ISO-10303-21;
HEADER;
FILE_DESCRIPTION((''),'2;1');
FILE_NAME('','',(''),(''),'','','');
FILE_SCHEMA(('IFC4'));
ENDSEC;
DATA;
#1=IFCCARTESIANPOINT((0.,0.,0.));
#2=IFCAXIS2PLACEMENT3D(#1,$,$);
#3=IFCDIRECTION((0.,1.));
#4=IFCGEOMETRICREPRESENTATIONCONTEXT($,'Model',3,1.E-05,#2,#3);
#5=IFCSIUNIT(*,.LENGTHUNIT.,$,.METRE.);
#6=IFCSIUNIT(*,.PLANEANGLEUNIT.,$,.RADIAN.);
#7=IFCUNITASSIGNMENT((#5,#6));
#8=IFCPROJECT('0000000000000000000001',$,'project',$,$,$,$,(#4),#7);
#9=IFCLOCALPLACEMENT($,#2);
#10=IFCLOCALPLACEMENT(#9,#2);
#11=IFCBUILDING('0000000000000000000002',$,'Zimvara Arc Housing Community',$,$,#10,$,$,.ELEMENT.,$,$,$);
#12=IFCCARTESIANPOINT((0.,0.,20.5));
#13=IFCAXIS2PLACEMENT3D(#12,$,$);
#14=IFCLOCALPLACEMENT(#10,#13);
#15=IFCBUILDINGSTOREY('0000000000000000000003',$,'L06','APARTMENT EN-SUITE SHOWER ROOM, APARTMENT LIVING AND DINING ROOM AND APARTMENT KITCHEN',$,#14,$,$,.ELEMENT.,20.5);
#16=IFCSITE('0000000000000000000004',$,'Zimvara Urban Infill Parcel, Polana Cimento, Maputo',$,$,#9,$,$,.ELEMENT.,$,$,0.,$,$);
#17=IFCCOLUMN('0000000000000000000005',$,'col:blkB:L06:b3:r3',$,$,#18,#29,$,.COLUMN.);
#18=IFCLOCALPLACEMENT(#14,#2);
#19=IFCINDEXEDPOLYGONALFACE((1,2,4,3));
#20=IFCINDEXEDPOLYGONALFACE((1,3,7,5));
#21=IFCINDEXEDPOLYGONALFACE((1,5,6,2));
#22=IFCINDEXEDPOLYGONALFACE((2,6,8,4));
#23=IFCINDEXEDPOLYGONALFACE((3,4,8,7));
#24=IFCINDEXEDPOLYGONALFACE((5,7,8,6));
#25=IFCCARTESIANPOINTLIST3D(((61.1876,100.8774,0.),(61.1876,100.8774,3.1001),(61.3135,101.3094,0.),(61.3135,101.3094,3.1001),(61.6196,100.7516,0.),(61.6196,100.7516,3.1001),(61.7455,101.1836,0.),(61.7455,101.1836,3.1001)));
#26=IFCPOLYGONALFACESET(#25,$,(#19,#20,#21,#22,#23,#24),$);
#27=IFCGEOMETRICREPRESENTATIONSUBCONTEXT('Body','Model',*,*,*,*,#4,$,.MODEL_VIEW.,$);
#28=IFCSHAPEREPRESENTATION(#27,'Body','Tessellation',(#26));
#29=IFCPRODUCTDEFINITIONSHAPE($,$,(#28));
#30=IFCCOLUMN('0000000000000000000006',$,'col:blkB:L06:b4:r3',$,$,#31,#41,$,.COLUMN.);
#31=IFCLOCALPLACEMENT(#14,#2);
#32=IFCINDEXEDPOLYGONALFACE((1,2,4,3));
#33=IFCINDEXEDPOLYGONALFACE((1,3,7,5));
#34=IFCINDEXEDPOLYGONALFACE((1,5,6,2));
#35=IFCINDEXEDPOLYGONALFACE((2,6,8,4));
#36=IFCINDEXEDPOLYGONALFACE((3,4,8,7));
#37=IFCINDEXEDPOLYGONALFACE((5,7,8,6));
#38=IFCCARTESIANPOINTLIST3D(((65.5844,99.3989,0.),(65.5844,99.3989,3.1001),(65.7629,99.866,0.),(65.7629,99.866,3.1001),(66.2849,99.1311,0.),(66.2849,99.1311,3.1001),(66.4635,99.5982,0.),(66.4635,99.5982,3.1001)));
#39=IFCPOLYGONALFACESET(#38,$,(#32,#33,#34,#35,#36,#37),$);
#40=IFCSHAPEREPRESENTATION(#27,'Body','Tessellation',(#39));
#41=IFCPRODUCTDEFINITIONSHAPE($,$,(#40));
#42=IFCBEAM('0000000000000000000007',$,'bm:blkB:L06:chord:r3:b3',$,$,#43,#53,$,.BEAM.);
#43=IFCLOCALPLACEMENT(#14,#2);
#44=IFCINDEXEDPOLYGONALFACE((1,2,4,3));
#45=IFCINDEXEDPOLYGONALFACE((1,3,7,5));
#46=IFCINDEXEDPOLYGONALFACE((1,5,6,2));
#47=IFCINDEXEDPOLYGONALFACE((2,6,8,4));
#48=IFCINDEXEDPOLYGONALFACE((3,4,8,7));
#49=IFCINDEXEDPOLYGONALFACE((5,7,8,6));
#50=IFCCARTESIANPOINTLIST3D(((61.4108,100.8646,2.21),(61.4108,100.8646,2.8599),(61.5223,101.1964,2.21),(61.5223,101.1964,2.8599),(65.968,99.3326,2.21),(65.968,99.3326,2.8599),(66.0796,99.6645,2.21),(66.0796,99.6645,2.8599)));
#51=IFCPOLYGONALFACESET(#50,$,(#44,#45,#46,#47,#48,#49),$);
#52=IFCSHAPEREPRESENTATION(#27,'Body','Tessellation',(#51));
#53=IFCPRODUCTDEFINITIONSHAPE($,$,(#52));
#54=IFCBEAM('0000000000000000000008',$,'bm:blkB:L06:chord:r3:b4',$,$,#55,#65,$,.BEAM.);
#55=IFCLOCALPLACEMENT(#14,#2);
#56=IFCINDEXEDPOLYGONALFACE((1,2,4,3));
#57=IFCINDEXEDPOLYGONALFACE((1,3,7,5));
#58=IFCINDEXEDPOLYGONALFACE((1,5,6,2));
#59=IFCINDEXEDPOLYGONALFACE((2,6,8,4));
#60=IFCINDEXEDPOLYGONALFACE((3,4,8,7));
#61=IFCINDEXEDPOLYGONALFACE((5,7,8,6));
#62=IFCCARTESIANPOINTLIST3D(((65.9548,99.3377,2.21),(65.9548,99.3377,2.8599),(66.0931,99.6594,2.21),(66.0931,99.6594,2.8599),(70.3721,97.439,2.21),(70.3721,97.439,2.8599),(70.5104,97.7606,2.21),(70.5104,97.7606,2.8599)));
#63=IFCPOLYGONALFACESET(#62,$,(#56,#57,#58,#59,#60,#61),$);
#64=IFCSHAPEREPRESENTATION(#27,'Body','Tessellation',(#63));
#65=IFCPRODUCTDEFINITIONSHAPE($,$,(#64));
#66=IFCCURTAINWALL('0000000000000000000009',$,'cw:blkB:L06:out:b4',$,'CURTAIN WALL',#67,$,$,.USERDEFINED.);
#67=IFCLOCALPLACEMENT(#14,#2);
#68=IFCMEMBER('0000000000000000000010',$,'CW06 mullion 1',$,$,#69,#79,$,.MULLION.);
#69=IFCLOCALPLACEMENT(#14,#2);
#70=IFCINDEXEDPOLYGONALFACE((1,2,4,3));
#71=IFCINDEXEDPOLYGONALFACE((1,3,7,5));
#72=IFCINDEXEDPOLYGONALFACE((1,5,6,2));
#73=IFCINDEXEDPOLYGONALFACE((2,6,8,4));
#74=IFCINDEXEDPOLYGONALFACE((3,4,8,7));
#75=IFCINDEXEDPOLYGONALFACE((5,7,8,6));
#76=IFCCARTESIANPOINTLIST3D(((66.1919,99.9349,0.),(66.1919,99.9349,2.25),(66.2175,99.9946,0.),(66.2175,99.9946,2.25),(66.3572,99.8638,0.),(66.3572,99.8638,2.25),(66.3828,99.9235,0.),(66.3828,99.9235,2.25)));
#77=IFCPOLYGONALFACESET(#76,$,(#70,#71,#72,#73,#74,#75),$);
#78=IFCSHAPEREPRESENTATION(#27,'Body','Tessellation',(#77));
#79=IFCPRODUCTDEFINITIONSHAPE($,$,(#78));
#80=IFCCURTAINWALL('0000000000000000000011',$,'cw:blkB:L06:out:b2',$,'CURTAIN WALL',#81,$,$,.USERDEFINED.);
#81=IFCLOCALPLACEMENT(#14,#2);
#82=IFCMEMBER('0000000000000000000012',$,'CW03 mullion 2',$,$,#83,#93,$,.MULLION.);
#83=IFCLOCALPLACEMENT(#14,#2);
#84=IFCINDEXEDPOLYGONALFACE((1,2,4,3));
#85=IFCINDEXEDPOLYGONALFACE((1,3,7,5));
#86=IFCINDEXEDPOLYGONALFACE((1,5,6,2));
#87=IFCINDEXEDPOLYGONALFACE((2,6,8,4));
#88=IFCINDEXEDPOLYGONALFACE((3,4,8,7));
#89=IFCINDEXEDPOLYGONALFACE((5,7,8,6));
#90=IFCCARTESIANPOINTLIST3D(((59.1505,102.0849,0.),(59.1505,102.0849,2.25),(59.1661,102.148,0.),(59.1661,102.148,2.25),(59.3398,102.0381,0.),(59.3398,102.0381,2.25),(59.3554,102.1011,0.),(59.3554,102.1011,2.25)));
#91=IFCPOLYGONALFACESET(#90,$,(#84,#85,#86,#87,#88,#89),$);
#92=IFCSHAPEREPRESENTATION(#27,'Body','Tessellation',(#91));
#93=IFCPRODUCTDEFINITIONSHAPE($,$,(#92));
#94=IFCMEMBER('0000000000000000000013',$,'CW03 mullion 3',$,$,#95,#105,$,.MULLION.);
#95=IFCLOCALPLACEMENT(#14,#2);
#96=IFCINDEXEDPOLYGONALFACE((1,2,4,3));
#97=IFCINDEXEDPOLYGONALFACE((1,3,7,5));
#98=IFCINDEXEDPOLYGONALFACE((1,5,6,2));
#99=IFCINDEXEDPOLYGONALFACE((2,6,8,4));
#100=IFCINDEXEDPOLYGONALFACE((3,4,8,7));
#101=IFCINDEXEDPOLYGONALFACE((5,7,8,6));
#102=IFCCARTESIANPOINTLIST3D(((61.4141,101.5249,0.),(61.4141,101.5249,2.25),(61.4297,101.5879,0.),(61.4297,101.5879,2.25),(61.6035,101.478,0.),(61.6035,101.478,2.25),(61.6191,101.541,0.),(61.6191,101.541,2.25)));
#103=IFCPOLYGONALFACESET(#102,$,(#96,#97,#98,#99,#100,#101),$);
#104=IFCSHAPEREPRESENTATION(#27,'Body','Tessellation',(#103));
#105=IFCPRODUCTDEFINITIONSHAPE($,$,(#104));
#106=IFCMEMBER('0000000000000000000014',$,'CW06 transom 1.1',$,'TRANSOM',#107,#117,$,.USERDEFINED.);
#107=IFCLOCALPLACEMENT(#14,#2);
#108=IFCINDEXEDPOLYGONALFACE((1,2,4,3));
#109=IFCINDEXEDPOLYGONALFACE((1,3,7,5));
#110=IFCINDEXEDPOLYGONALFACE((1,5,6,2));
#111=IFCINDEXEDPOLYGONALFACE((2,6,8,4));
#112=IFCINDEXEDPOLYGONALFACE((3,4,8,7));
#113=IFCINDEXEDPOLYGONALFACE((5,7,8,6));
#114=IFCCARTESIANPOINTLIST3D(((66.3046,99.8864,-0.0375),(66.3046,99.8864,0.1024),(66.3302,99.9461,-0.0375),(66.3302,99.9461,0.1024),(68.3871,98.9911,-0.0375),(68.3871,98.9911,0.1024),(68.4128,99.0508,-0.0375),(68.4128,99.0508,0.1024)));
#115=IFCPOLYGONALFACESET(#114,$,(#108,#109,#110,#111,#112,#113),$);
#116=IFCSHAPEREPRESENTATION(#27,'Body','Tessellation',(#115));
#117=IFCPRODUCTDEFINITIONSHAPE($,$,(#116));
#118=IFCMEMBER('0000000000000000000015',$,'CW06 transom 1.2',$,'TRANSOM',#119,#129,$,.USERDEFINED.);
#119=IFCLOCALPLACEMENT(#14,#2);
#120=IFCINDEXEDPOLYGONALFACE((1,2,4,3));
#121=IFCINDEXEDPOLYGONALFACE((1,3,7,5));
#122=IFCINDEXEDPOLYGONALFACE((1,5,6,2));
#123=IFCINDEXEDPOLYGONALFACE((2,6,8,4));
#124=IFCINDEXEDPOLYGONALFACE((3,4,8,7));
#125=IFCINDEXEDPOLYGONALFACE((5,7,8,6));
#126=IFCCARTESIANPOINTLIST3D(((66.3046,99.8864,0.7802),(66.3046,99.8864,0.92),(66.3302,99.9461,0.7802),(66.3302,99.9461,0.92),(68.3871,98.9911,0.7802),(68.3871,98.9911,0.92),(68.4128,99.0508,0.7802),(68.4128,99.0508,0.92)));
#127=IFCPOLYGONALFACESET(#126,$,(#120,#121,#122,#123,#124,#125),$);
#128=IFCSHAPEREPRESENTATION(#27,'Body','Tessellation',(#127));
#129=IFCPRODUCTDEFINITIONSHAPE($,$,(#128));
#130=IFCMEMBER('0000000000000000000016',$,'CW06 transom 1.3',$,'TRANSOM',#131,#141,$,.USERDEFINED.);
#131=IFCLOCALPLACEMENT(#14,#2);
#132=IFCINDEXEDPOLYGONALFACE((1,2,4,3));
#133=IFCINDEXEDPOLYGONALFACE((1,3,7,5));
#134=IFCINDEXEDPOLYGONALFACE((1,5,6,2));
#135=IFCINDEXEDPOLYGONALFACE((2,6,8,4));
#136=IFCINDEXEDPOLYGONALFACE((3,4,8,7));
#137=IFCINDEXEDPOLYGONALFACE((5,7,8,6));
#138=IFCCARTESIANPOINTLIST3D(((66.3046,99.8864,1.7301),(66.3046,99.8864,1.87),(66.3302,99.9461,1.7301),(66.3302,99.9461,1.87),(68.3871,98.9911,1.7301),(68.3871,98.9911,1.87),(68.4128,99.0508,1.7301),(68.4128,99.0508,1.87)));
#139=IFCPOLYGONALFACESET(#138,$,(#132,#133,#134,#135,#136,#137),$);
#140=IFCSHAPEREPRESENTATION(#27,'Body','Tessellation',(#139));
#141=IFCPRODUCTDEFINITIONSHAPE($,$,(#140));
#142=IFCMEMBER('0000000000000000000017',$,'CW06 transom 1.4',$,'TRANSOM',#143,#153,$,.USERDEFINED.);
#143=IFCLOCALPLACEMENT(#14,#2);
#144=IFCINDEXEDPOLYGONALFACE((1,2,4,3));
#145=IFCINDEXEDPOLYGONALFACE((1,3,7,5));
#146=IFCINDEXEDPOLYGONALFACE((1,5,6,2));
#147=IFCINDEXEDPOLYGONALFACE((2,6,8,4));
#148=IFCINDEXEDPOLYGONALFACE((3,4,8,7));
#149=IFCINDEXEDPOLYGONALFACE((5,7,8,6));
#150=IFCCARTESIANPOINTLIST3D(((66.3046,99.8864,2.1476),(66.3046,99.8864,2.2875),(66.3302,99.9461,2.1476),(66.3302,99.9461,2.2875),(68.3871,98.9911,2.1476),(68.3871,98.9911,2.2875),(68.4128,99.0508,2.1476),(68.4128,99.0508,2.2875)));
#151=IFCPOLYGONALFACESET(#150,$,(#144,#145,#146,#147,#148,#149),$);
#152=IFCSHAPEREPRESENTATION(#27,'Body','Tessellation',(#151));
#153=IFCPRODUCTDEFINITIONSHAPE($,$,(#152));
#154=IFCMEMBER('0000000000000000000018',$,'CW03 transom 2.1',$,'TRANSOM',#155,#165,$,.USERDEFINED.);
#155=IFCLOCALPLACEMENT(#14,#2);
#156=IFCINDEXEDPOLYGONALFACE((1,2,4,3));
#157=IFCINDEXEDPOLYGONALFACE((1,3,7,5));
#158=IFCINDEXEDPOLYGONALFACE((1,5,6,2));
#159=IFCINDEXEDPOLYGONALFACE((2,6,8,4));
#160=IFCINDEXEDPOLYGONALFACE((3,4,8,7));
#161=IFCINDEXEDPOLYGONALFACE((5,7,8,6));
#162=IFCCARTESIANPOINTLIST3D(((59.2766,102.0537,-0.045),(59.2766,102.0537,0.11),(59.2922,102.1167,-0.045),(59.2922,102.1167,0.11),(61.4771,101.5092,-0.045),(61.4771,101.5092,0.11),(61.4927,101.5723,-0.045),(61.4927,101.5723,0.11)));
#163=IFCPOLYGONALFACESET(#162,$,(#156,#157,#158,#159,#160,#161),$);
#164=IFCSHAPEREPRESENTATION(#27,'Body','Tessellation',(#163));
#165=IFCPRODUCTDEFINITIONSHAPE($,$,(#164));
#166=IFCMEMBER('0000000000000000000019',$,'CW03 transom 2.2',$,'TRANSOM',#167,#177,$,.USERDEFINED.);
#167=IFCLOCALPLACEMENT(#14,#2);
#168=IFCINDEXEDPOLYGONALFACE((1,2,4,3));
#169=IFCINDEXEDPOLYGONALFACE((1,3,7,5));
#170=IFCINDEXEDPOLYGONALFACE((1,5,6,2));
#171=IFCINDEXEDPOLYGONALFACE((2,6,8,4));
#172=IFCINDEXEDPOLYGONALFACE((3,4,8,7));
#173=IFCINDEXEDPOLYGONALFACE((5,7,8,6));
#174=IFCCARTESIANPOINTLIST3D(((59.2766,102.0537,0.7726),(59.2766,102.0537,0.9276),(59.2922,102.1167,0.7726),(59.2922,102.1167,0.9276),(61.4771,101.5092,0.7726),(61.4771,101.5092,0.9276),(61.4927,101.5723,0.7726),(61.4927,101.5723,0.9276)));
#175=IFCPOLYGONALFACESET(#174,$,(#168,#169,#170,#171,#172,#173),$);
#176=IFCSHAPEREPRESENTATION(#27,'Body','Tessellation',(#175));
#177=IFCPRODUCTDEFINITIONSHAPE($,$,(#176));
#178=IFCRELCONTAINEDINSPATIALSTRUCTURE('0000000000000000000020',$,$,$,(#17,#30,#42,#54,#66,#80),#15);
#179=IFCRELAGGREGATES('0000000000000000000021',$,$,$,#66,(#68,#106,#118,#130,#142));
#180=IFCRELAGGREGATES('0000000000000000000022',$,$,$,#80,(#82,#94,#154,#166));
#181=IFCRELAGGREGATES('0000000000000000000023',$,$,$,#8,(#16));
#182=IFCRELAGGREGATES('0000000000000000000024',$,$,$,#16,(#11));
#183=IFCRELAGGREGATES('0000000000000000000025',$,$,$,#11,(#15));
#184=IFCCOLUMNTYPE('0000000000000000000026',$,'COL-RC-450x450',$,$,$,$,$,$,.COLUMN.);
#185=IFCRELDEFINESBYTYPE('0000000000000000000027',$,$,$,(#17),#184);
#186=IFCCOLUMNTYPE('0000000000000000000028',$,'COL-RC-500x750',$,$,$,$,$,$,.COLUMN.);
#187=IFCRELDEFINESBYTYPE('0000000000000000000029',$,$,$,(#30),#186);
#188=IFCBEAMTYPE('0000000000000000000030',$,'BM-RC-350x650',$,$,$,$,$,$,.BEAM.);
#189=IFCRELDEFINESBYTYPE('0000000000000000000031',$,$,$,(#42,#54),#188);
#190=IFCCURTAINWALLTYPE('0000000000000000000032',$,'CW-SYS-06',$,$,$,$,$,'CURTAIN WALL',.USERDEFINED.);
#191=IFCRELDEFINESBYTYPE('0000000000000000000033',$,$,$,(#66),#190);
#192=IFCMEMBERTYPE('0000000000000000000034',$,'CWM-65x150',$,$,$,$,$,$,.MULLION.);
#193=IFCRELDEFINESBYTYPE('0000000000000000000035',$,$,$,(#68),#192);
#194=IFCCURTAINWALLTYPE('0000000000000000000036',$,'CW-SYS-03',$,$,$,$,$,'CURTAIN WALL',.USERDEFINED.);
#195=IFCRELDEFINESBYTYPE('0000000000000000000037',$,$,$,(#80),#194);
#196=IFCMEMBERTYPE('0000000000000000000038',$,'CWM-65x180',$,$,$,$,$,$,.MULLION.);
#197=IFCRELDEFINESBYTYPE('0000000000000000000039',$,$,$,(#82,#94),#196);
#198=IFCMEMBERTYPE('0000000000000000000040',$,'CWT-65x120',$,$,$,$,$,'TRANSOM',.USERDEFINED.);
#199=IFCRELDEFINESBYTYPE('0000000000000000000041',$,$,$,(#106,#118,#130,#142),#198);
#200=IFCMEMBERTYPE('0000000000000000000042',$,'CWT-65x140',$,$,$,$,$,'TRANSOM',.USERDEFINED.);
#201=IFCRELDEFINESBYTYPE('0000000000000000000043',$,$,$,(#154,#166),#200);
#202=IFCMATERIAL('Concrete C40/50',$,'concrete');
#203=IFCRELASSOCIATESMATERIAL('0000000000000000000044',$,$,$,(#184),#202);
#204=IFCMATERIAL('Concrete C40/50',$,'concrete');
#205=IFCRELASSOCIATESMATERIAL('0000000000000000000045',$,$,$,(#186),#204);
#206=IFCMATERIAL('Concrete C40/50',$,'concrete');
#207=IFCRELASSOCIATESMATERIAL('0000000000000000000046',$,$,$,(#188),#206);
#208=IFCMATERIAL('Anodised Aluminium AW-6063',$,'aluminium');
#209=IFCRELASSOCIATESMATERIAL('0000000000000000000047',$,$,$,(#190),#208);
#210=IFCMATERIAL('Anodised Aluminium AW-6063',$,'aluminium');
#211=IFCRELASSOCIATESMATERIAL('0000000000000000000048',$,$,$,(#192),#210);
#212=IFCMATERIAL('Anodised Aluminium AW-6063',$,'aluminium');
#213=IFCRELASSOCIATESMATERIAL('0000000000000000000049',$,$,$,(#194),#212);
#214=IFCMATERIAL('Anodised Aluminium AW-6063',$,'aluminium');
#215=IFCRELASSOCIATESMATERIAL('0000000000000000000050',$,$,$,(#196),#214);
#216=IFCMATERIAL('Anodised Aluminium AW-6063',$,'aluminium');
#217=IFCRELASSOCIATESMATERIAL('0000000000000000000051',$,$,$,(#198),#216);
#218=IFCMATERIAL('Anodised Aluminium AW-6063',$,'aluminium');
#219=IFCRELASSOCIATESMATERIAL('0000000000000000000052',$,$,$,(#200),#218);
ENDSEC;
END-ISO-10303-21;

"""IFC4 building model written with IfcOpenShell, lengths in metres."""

from ifc_helpers import new_model, si_unit, direction, frame, origin, origin_2d, place, context, subcontext, project, spatial, rectangle, extrude, material, material_profile, profile_set, type_object, element, aggregate, save


model = new_model("IFC4")

# Units and contexts
model_context = context("Model", 3, precision=1e-05, world=origin(), true_north=direction((0.0, 1.0)))
body_context = subcontext(model_context, "Body", "Model", "MODEL_VIEW")
ifc_project = project(units=[si_unit("LENGTHUNIT", "METRE"), si_unit("PLANEANGLEUNIT", "RADIAN")], contexts=[model_context])

# Site, building, storey
site_placement = place(None, origin())
site = spatial("IfcSite", under=ifc_project, at=site_placement, Name="Zimvara Urban Infill Parcel, Polana Cimento, Maputo", CompositionType="ELEMENT", RefElevation=0.0)
building_placement = place(site_placement, origin())
building = spatial("IfcBuilding", under=site, at=building_placement, Name="Zimvara Arc Housing Community", CompositionType="ELEMENT")
storey_placement = place(building_placement, frame((0.0, 0.0, 20.5)))
storey = spatial("IfcBuildingStorey", under=building, at=storey_placement, Name="L06", Description="APARTMENT EN-SUITE SHOWER ROOM, APARTMENT LIVING AND DINING ROOM AND APARTMENT KITCHEN", CompositionType="ELEMENT", Elevation=20.5)

# Columns
ifc_material_1 = material(Name="Concrete C40/50", Category="concrete")
ifc_material_profile_1 = material_profile(ifc_material_1, rectangle(XDim=0.45, YDim=0.45, at=origin_2d()), Name="RC 450x450")
ifc_profile_set_1 = profile_set([ifc_material_profile_1], Name="Concrete C40/50")
column_type_1 = type_object("IfcColumnType", Name="COL-RC-450x450", PredefinedType="COLUMN", material=ifc_profile_set_1)
column_1_placement = place(storey_placement, frame((61.4666, 101.0305, 0.0), z_axis=(0.0, 0.0, 1.0), x_axis=(0.279661, 0.960099, 0.0)))
element("IfcColumn", 1, at=column_1_placement, inside=storey, type_object=column_type_1, Name="col:blkB:L06:b3:r3", PredefinedType="COLUMN", context=body_context, shape_type="SweptSolid", body=[
    extrude(rectangle(XDim=0.45, YDim=0.45, at=origin_2d()), origin(), (0.0, 0.0, 1.0), 3.1001),
])
ifc_material_2 = material(Name="Concrete C40/50", Category="concrete")
ifc_material_profile_2 = material_profile(ifc_material_2, rectangle(XDim=0.5, YDim=0.75, at=origin_2d()), Name="RC 500x750")
ifc_profile_set_2 = profile_set([ifc_material_profile_2], Name="Concrete C40/50")
column_type_2 = type_object("IfcColumnType", Name="COL-RC-500x750", PredefinedType="COLUMN", material=ifc_profile_set_2)
column_2_placement = place(storey_placement, frame((66.0239, 99.4985, 0.0), z_axis=(0.0, 0.0, 1.0), x_axis=(0.357064, 0.93408, 0.0)))
element("IfcColumn", 2, at=column_2_placement, inside=storey, type_object=column_type_2, Name="col:blkB:L06:b4:r3", PredefinedType="COLUMN", context=body_context, shape_type="SweptSolid", body=[
    extrude(rectangle(XDim=0.5, YDim=0.75, at=origin_2d()), origin(), (0.0, 0.0, 1.0), 3.1001),
])

# Beams
ifc_material_3 = material(Name="Concrete C40/50", Category="concrete")
ifc_material_profile_3 = material_profile(ifc_material_3, rectangle(XDim=0.3501, YDim=0.6499, at=origin_2d()), Name="RC 350x650")
ifc_profile_set_3 = profile_set([ifc_material_profile_3], Name="Concrete C40/50")
beam_type = type_object("IfcBeamType", Name="BM-RC-350x650", PredefinedType="BEAM", material=ifc_profile_set_3)
beam_1_placement = place(storey_placement, frame((61.4666, 101.0305, 2.5349), z_axis=(0.947878, -0.318634, 0.0), x_axis=(0.318634, 0.947878, 0.0)))
element("IfcBeam", 3, at=beam_1_placement, inside=storey, type_object=beam_type, Name="bm:blkB:L06:chord:r3:b3", PredefinedType="BEAM", context=body_context, shape_type="SweptSolid", body=[
    extrude(rectangle(XDim=0.3501, YDim=0.6499, at=origin_2d()), origin(), (0.0, 0.0, 1.0), 4.8079),
])
beam_2_placement = place(storey_placement, frame((66.0239, 99.4985, 2.5349), z_axis=(0.918724, -0.3949, 0.0), x_axis=(0.3949, 0.918724, 0.0)))
element("IfcBeam", 4, at=beam_2_placement, inside=storey, type_object=beam_type, Name="bm:blkB:L06:chord:r3:b4", PredefinedType="BEAM", context=body_context, shape_type="SweptSolid", body=[
    extrude(rectangle(XDim=0.3501, YDim=0.6499, at=origin_2d()), origin(), (0.0, 0.0, 1.0), 4.8081),
])

# Curtain wall, member
ifc_material_4 = material(Name="Anodised Aluminium AW-6063", Category="aluminium")
curtain_wall_type_1 = type_object("IfcCurtainWallType", Name="CW-SYS-06", ElementType="CURTAIN WALL", PredefinedType="USERDEFINED", material=ifc_material_4)
curtain_wall_1_placement = place(storey_placement, origin())
curtain_wall_1 = element("IfcCurtainWall", 5, at=curtain_wall_1_placement, inside=storey, type_object=curtain_wall_type_1, Name="cw:blkB:L06:out:b4", ObjectType="CURTAIN WALL", PredefinedType="USERDEFINED")
ifc_material_5 = material(Name="Anodised Aluminium AW-6063", Category="aluminium")
ifc_material_profile_4 = material_profile(ifc_material_5, rectangle(XDim=0.0649, YDim=0.1799, at=origin_2d()), Name="ALU 65x180")
ifc_profile_set_4 = profile_set([ifc_material_profile_4], Name="Anodised Aluminium AW-6063")
member_type_1 = type_object("IfcMemberType", Name="CWM-65x150", PredefinedType="MULLION", material=ifc_profile_set_4)
member_1_placement = place(storey_placement, frame((66.2874, 99.9292, 0.0), z_axis=(0.0, 0.0, 1.0), x_axis=(0.394904, 0.918722, 0.0)))
member_1 = element("IfcMember", 6, at=member_1_placement, type_object=member_type_1, Name="CW06 mullion 1", PredefinedType="MULLION", context=body_context, shape_type="SweptSolid", body=[
    extrude(rectangle(XDim=0.0649, YDim=0.1799, at=origin_2d()), origin(), (0.0, 0.0, 1.0), 2.25),
])

# Curtain wall, members
ifc_material_6 = material(Name="Anodised Aluminium AW-6063", Category="aluminium")
curtain_wall_type_2 = type_object("IfcCurtainWallType", Name="CW-SYS-03", ElementType="CURTAIN WALL", PredefinedType="USERDEFINED", material=ifc_material_6)
curtain_wall_2_placement = place(storey_placement, origin())
curtain_wall_2 = element("IfcCurtainWall", 7, at=curtain_wall_2_placement, inside=storey, type_object=curtain_wall_type_2, Name="cw:blkB:L06:out:b2", ObjectType="CURTAIN WALL", PredefinedType="USERDEFINED")
ifc_material_7 = material(Name="Anodised Aluminium AW-6063", Category="aluminium")
ifc_material_profile_5 = material_profile(ifc_material_7, rectangle(XDim=0.0649, YDim=0.1951, at=origin_2d()), Name="ALU 65x195")
ifc_profile_set_5 = profile_set([ifc_material_profile_5], Name="Anodised Aluminium AW-6063")
member_type_2 = type_object("IfcMemberType", Name="CWM-65x180", PredefinedType="MULLION", material=ifc_profile_set_5)
member_2_placement = place(storey_placement, frame((59.2529, 102.093, 0.0), z_axis=(0.0, 0.0, 1.0), x_axis=(0.24023, 0.970716, 0.0)))
member_2 = element("IfcMember", 8, at=member_2_placement, type_object=member_type_2, Name="CW03 mullion 2", PredefinedType="MULLION", context=body_context, shape_type="SweptSolid", body=[
    extrude(rectangle(XDim=0.0649, YDim=0.1951, at=origin_2d()), origin(), (0.0, 0.0, 1.0), 2.25),
])
member_3_placement = place(storey_placement, frame((61.5166, 101.533, 0.0), z_axis=(0.0, 0.0, 1.0), x_axis=(0.24023, 0.970716, 0.0)))
member_3 = element("IfcMember", 9, at=member_3_placement, type_object=member_type_2, Name="CW03 mullion 3", PredefinedType="MULLION", context=body_context, shape_type="SweptSolid", body=[
    extrude(rectangle(XDim=0.0649, YDim=0.1951, at=origin_2d()), origin(), (0.0, 0.0, 1.0), 2.25),
])

# Members
ifc_material_8 = material(Name="Anodised Aluminium AW-6063", Category="aluminium")
ifc_material_profile_6 = material_profile(ifc_material_8, rectangle(XDim=0.0649, YDim=0.1399, at=origin_2d()), Name="ALU 65x140")
ifc_profile_set_6 = profile_set([ifc_material_profile_6], Name="Anodised Aluminium AW-6063")
member_type_3 = type_object("IfcMemberType", Name="CWT-65x120", ElementType="TRANSOM", PredefinedType="USERDEFINED", material=ifc_profile_set_6)
member_4_placement = place(storey_placement, frame((66.3174, 99.9163, 0.0325), z_axis=(0.918704, -0.394946, 0.0), x_axis=(0.394946, 0.918704, 0.0)))
member_4 = element("IfcMember", 10, at=member_4_placement, type_object=member_type_3, Name="CW06 transom 1.1", ObjectType="TRANSOM", PredefinedType="USERDEFINED", context=body_context, shape_type="SweptSolid", body=[
    extrude(rectangle(XDim=0.0649, YDim=0.1399, at=origin_2d()), origin(), (0.0, 0.0, 1.0), 2.2668),
])
member_5_placement = place(storey_placement, frame((66.3174, 99.9163, 0.8501), z_axis=(0.918704, -0.394946, 0.0), x_axis=(0.394946, 0.918704, 0.0)))
member_5 = element("IfcMember", 11, at=member_5_placement, type_object=member_type_3, Name="CW06 transom 1.2", ObjectType="TRANSOM", PredefinedType="USERDEFINED", context=body_context, shape_type="SweptSolid", body=[
    extrude(rectangle(XDim=0.0649, YDim=0.1399, at=origin_2d()), origin(), (0.0, 0.0, 1.0), 2.2668),
])
member_6_placement = place(storey_placement, frame((66.3174, 99.9163, 1.8), z_axis=(0.918704, -0.394946, 0.0), x_axis=(0.394946, 0.918704, 0.0)))
member_6 = element("IfcMember", 12, at=member_6_placement, type_object=member_type_3, Name="CW06 transom 1.3", ObjectType="TRANSOM", PredefinedType="USERDEFINED", context=body_context, shape_type="SweptSolid", body=[
    extrude(rectangle(XDim=0.0649, YDim=0.1399, at=origin_2d()), origin(), (0.0, 0.0, 1.0), 2.2668),
])
member_7_placement = place(storey_placement, frame((66.3174, 99.9163, 2.2175), z_axis=(0.918704, -0.394946, 0.0), x_axis=(0.394946, 0.918704, 0.0)))
member_7 = element("IfcMember", 13, at=member_7_placement, type_object=member_type_3, Name="CW06 transom 1.4", ObjectType="TRANSOM", PredefinedType="USERDEFINED", context=body_context, shape_type="SweptSolid", body=[
    extrude(rectangle(XDim=0.0649, YDim=0.1399, at=origin_2d()), origin(), (0.0, 0.0, 1.0), 2.2668),
])
ifc_material_9 = material(Name="Anodised Aluminium AW-6063", Category="aluminium")
ifc_material_profile_7 = material_profile(ifc_material_9, rectangle(XDim=0.0649, YDim=0.155, at=origin_2d()), Name="ALU 65x155")
ifc_profile_set_7 = profile_set([ifc_material_profile_7], Name="Anodised Aluminium AW-6063")
member_type_4 = type_object("IfcMemberType", Name="CWT-65x140", ElementType="TRANSOM", PredefinedType="USERDEFINED", material=ifc_profile_set_7)
member_8_placement = place(storey_placement, frame((59.2844, 102.0852, 0.0325), z_axis=(0.970729, -0.240178, 0.0), x_axis=(0.240178, 0.970729, 0.0)))
member_8 = element("IfcMember", 14, at=member_8_placement, type_object=member_type_4, Name="CW03 transom 2.1", ObjectType="TRANSOM", PredefinedType="USERDEFINED", context=body_context, shape_type="SweptSolid", body=[
    extrude(rectangle(XDim=0.0649, YDim=0.155, at=origin_2d()), origin(), (0.0, 0.0, 1.0), 2.2668),
])
member_9_placement = place(storey_placement, frame((59.2844, 102.0852, 0.8501), z_axis=(0.970729, -0.240178, 0.0), x_axis=(0.240178, 0.970729, 0.0)))
member_9 = element("IfcMember", 15, at=member_9_placement, type_object=member_type_4, Name="CW03 transom 2.2", ObjectType="TRANSOM", PredefinedType="USERDEFINED", context=body_context, shape_type="SweptSolid", body=[
    extrude(rectangle(XDim=0.0649, YDim=0.155, at=origin_2d()), origin(), (0.0, 0.0, 1.0), 2.2668),
])

aggregate(curtain_wall_1, [member_1, member_4, member_5, member_6, member_7])
aggregate(curtain_wall_2, [member_2, member_3, member_8, member_9])

save(model, "model.ifc")
